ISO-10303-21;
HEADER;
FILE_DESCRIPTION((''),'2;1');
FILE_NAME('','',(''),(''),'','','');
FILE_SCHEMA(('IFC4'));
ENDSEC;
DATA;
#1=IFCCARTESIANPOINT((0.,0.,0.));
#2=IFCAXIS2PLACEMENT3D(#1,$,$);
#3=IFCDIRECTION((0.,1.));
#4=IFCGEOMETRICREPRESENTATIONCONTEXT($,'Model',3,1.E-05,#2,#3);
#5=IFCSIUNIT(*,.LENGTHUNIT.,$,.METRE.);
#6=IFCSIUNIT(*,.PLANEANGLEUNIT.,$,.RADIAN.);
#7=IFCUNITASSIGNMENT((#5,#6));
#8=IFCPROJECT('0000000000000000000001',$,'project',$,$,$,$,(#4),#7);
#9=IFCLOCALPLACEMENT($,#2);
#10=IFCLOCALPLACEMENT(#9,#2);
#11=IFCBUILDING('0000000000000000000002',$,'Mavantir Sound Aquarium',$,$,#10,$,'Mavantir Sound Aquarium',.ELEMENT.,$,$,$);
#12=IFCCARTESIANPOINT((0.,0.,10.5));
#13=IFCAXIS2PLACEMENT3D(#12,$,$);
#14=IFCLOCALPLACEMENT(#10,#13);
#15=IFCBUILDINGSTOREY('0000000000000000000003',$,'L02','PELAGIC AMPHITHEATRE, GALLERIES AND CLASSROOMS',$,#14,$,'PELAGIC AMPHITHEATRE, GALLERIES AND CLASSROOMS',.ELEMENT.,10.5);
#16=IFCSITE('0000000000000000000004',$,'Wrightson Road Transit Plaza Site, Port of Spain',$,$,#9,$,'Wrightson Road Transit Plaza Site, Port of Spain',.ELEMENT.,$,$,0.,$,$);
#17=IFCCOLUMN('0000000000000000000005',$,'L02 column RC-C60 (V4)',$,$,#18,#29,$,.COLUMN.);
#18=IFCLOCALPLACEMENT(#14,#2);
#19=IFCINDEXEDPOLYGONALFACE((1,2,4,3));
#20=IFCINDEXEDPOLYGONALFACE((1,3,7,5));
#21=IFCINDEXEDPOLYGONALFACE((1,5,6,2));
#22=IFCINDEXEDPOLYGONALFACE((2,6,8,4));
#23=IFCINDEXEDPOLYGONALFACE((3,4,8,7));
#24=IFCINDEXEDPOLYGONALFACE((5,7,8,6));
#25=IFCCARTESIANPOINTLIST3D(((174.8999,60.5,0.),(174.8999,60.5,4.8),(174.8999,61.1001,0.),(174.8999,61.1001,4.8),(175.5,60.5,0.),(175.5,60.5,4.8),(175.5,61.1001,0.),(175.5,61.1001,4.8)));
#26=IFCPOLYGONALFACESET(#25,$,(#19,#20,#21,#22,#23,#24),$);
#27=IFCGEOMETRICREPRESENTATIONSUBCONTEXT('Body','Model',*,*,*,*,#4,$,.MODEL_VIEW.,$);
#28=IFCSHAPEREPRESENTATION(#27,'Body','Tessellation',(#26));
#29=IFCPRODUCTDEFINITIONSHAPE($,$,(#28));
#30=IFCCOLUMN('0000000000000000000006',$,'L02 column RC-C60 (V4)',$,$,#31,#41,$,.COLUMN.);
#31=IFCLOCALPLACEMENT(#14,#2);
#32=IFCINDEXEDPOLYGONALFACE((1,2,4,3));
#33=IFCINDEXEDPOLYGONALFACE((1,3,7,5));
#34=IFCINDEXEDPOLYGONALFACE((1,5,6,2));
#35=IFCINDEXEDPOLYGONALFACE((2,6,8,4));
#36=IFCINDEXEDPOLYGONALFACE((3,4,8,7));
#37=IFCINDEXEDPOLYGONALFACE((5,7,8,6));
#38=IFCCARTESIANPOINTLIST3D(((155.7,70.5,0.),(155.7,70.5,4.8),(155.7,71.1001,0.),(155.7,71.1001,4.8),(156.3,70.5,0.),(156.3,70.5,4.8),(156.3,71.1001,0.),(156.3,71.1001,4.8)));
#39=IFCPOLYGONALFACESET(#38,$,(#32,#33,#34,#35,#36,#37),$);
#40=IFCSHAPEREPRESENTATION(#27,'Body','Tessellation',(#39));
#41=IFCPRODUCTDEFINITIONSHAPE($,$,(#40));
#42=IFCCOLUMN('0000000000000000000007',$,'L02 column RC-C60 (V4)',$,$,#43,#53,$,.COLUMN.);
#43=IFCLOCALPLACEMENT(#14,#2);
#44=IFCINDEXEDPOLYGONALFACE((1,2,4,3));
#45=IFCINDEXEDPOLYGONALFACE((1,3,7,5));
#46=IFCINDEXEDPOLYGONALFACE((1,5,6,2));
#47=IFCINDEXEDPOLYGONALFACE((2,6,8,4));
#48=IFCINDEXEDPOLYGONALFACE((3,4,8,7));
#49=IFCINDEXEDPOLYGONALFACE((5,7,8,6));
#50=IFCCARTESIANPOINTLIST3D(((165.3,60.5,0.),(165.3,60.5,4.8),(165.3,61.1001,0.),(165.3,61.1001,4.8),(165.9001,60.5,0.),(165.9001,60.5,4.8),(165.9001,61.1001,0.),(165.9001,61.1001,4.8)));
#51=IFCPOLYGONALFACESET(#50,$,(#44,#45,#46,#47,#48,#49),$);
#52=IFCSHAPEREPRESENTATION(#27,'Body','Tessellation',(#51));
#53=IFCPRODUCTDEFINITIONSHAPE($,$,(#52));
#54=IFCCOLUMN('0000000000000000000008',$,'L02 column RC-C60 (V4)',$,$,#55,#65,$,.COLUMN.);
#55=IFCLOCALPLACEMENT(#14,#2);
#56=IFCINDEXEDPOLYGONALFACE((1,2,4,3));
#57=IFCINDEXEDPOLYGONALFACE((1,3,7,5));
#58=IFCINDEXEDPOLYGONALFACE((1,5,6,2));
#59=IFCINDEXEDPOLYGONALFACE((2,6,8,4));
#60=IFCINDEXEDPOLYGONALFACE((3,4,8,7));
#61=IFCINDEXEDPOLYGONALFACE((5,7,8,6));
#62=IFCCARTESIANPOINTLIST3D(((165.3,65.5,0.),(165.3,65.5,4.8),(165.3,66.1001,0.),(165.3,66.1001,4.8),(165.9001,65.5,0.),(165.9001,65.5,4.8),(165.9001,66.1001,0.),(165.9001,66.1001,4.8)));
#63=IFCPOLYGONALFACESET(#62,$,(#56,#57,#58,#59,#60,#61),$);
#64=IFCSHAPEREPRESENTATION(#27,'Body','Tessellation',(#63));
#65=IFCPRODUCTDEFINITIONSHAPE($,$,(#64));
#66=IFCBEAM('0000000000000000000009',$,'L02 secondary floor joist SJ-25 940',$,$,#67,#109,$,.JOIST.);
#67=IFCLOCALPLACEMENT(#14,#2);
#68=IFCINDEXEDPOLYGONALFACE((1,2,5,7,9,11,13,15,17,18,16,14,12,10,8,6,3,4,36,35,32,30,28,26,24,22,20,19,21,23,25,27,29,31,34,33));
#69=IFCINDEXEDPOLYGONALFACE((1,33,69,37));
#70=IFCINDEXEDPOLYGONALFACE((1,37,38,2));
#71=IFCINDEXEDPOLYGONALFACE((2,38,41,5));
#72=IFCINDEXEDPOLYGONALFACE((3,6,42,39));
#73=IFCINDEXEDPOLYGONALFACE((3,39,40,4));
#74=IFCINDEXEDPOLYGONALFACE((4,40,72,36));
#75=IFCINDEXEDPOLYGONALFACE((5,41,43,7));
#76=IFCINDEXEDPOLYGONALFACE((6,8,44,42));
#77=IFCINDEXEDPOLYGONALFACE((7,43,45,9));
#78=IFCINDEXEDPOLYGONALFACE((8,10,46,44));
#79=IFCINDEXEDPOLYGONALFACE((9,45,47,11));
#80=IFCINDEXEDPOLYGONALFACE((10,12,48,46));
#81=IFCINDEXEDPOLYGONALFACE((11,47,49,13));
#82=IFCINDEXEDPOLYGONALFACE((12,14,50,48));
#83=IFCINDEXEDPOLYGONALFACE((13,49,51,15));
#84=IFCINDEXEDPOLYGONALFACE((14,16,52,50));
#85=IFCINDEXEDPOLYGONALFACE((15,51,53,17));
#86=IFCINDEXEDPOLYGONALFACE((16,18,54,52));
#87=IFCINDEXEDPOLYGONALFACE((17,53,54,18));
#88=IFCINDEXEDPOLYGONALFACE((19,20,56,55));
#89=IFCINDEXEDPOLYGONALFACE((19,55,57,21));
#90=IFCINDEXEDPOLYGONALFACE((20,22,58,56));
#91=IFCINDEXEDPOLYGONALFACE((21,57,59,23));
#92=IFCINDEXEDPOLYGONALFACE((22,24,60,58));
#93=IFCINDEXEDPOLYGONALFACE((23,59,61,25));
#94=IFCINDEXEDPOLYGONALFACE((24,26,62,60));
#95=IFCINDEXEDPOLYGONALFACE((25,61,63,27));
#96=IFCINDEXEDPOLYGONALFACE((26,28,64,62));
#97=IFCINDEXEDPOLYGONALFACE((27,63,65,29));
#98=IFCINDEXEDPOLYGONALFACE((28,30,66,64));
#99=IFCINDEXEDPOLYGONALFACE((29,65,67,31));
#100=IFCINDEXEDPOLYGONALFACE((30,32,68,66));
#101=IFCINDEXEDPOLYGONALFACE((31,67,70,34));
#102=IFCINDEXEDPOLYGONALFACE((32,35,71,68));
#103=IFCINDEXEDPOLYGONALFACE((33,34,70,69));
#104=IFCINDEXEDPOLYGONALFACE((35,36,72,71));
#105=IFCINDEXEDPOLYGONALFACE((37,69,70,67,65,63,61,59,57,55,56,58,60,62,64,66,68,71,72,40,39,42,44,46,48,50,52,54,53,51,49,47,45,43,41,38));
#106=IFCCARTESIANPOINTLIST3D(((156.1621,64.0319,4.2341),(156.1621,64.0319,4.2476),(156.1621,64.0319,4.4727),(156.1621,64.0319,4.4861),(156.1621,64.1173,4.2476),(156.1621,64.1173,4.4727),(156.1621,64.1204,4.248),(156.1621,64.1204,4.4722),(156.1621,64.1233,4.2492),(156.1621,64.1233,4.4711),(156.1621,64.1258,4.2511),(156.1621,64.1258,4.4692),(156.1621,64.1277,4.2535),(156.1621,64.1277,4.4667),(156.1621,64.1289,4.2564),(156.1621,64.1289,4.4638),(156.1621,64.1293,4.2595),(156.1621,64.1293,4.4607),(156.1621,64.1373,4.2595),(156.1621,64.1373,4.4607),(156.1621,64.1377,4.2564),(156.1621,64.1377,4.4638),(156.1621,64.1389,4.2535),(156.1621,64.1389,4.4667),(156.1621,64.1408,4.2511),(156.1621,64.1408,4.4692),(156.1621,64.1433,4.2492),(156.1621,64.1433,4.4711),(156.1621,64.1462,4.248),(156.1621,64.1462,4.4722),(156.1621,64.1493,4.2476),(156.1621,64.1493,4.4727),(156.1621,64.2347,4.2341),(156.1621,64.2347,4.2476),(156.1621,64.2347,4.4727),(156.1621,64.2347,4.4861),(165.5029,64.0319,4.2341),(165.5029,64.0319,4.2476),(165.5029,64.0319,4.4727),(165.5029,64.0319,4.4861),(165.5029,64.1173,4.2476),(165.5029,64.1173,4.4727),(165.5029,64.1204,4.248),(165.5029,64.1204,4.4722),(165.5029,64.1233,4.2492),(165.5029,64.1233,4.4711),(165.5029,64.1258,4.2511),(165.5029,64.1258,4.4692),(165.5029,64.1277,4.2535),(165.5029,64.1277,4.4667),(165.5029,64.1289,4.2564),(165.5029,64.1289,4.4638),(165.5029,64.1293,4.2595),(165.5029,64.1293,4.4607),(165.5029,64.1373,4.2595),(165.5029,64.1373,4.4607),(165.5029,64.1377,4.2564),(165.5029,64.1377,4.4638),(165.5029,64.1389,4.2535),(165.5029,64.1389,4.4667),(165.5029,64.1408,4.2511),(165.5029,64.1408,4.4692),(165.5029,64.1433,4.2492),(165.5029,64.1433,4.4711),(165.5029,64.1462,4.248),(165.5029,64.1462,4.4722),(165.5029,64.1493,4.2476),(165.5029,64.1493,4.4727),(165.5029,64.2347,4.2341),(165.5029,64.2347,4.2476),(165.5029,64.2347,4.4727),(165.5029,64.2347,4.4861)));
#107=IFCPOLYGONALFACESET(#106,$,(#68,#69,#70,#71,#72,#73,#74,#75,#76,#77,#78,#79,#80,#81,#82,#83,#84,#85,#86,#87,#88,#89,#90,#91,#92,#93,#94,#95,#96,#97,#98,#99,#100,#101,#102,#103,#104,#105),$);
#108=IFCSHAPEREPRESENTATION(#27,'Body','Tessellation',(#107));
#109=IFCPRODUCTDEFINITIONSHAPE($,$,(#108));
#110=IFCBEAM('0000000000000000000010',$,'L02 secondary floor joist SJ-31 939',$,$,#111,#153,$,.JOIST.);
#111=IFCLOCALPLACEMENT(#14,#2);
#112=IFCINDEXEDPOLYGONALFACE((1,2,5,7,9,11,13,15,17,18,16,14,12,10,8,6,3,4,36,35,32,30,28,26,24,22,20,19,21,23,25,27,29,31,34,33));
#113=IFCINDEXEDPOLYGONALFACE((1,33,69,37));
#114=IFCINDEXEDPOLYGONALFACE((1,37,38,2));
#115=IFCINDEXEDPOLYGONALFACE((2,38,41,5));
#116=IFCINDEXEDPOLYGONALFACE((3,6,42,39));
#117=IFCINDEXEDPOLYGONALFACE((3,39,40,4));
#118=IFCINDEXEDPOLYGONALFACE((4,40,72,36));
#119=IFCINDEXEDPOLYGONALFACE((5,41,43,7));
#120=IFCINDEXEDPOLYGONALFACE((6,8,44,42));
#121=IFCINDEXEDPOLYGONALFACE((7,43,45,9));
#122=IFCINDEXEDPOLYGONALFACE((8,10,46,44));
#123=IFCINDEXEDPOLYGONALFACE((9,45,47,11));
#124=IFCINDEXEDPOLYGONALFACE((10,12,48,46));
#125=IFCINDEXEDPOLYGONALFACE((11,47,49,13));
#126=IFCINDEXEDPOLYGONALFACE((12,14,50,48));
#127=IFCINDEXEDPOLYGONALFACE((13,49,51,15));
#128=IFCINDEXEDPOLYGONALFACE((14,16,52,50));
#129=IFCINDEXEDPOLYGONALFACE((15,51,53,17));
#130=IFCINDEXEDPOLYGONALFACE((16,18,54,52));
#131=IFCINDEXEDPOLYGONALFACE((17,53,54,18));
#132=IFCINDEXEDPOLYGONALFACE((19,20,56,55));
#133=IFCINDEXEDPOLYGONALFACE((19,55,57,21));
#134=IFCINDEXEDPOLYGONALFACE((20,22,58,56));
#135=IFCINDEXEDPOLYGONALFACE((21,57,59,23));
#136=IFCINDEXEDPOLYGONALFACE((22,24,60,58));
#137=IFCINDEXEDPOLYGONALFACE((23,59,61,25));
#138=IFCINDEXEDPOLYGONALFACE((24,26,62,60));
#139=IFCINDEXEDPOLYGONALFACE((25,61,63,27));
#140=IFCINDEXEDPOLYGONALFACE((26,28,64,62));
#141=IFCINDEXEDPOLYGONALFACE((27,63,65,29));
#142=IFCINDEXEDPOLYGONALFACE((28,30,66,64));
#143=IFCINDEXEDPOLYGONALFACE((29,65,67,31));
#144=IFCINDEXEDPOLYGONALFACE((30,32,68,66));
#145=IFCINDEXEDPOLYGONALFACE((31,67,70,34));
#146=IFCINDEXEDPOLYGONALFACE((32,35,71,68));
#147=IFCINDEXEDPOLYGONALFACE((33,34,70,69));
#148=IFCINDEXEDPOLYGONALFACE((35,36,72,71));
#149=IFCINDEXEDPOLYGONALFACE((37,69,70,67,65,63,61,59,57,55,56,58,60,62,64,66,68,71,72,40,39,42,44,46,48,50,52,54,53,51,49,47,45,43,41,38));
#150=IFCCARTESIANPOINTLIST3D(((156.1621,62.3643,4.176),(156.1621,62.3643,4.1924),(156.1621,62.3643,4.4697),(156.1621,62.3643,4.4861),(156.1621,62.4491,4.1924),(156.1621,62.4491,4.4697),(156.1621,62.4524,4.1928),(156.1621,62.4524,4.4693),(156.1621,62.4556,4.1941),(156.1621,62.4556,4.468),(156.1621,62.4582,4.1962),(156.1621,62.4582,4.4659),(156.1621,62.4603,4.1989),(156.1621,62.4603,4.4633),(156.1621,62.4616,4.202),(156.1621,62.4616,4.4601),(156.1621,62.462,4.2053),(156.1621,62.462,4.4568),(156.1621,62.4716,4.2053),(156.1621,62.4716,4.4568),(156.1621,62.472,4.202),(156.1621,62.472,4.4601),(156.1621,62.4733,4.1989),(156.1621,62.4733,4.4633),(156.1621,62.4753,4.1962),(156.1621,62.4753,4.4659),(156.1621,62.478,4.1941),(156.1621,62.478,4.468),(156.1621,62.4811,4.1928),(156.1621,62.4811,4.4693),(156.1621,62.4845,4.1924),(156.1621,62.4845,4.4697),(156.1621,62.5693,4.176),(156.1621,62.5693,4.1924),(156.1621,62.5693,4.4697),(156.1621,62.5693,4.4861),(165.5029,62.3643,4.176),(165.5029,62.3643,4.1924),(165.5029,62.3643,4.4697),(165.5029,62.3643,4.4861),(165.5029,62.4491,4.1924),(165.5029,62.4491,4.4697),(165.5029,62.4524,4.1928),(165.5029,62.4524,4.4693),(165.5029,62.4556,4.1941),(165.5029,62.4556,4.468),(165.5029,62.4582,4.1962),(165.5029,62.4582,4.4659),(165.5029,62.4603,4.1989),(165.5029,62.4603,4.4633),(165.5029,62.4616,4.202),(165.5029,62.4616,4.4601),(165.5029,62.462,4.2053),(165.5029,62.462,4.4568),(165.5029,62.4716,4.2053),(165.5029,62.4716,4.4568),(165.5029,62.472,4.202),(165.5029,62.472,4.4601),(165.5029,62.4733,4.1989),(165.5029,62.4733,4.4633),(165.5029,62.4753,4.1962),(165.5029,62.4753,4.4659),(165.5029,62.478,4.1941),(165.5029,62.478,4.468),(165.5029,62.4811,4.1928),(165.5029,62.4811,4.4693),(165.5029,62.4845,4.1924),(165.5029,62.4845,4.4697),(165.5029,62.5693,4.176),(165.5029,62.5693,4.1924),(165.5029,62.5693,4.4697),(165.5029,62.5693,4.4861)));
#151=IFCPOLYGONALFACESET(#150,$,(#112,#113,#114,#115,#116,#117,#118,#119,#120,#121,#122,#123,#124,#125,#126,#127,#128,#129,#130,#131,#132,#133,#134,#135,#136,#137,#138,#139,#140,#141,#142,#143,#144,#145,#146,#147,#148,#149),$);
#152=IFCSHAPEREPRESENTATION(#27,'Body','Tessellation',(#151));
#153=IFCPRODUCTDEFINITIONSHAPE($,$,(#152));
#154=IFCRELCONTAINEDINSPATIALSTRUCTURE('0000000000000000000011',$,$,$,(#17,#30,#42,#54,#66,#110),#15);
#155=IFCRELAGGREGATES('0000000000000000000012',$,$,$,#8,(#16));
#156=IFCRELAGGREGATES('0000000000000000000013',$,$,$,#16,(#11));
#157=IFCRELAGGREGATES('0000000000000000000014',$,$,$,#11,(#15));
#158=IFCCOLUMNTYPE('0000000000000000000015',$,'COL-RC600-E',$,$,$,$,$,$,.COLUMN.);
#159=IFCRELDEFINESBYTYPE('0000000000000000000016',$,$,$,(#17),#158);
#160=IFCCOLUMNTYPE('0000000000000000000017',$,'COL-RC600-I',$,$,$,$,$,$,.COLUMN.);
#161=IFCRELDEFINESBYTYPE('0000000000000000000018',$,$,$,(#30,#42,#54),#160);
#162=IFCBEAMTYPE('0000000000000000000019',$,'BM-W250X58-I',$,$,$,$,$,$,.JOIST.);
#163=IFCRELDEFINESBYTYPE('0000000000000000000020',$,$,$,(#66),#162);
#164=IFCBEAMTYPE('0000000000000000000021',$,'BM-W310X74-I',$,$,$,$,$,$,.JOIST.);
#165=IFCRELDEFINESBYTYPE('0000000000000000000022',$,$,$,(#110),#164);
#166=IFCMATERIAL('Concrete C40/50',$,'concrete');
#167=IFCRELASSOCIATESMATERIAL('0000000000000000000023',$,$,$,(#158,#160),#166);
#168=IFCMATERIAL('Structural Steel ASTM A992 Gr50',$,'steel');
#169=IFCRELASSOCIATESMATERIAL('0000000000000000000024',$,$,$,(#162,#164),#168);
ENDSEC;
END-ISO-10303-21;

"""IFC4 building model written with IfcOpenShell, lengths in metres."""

from ifc_helpers import new_model, si_unit, direction, frame, origin, origin_2d, place, context, subcontext, project, spatial, rectangle, i_section, extrude, material, material_profile, profile_set, type_object, element, save


model = new_model("IFC4")

# Units and contexts
model_context = context("Model", 3, precision=1e-05, world=origin(), true_north=direction((0.0, 1.0)))
body_context = subcontext(model_context, "Body", "Model", "MODEL_VIEW")
ifc_project = project(units=[si_unit("LENGTHUNIT", "METRE"), si_unit("PLANEANGLEUNIT", "RADIAN")], contexts=[model_context])

# Site, building, storey
site_placement = place(None, origin())
site = spatial("IfcSite", under=ifc_project, at=site_placement, Name="Wrightson Road Transit Plaza Site, Port of Spain", LongName="Wrightson Road Transit Plaza Site, Port of Spain", CompositionType="ELEMENT", RefElevation=0.0)
building_placement = place(site_placement, origin())
building = spatial("IfcBuilding", under=site, at=building_placement, Name="Mavantir Sound Aquarium", LongName="Mavantir Sound Aquarium", CompositionType="ELEMENT")
storey_placement = place(building_placement, frame((0.0, 0.0, 10.5)))
storey = spatial("IfcBuildingStorey", under=building, at=storey_placement, Name="L02", Description="PELAGIC AMPHITHEATRE, GALLERIES AND CLASSROOMS", LongName="PELAGIC AMPHITHEATRE, GALLERIES AND CLASSROOMS", CompositionType="ELEMENT", Elevation=10.5)

# Columns
ifc_material_1 = material(Name="Concrete C40/50", Category="concrete")
ifc_material_profile_1 = material_profile(ifc_material_1, rectangle(XDim=0.6001, YDim=0.6001, at=origin_2d()), Name="RC 600X600")
ifc_profile_set_1 = profile_set([ifc_material_profile_1], Name="Concrete C40/50")
column_type_1 = type_object("IfcColumnType", Name="COL-RC600-E", PredefinedType="COLUMN", material=ifc_profile_set_1)
column_placement = place(storey_placement, frame((175.2, 60.8, 0.0), z_axis=(0.0, 0.0, 1.0), x_axis=(1.0, 0.0, 0.0)))
element("IfcColumn", 1, at=column_placement, inside=storey, type_object=column_type_1, Name="L02 column RC-C60 (V4)", PredefinedType="COLUMN", context=body_context, shape_type="SweptSolid", body=[
    extrude(rectangle(XDim=0.6001, YDim=0.6001, at=origin_2d()), origin(), (0.0, 0.0, 1.0), 4.8),
])
ifc_material_profile_2 = material_profile(ifc_material_1, rectangle(XDim=0.6001, YDim=0.6001, at=origin_2d()), Name="RC 600X600")
ifc_profile_set_2 = profile_set([ifc_material_profile_2], Name="Concrete C40/50")
column_type_2 = type_object("IfcColumnType", Name="COL-RC600-I", PredefinedType="COLUMN", material=ifc_profile_set_2)
for number, where, z_axis, x_axis, name in (
    (2, (156.0, 70.8, 0.0), (0.0, 0.0, 1.0), (1.0, 0.0, 0.0), "L02 column RC-C60 (V4)"),
    (3, (165.6001, 60.8, 0.0), (0.0, 0.0, 1.0), (1.0, 0.0, 0.0), "L02 column RC-C60 (V4)"),
    (4, (165.6001, 65.8, 0.0), (0.0, 0.0, 1.0), (1.0, 0.0, 0.0), "L02 column RC-C60 (V4)"),
):
    element("IfcColumn", number, at=place(storey_placement, frame(where, z_axis=z_axis, x_axis=x_axis)), inside=storey, type_object=column_type_2, Name=name, PredefinedType="COLUMN", context=body_context, shape_type="SweptSolid", body=[
        extrude(rectangle(XDim=0.6001, YDim=0.6001, at=origin_2d()), origin(), (0.0, 0.0, 1.0), 4.8),
    ])

# Beams
ifc_material_2 = material(Name="Structural Steel ASTM A992 Gr50", Category="steel")
ifc_material_profile_3 = material_profile(ifc_material_2, i_section(OverallWidth=0.2029, OverallDepth=0.252, WebThickness=0.0081, FlangeThickness=0.0134, FilletRadius=0.012, at=origin_2d()), Name="W250X58")
ifc_profile_set_3 = profile_set([ifc_material_profile_3], Name="Structural Steel ASTM A992 Gr50")
beam_type_1 = type_object("IfcBeamType", Name="BM-W250X58-I", PredefinedType="JOIST", material=ifc_profile_set_3)
beam_1_placement = place(storey_placement, frame((156.1621, 64.1333, 4.3601), z_axis=(1.0, 0.0, 0.0), x_axis=(0.0, 1.0, 0.0)))
element("IfcBeam", 5, at=beam_1_placement, inside=storey, type_object=beam_type_1, Name="L02 secondary floor joist SJ-25 940", PredefinedType="JOIST", context=body_context, shape_type="SweptSolid", body=[
    extrude(i_section(OverallWidth=0.2029, OverallDepth=0.252, WebThickness=0.0081, FlangeThickness=0.0134, FilletRadius=0.012, at=origin_2d()), origin(), (0.0, 0.0, 1.0), 9.3408),
])
ifc_material_profile_4 = material_profile(ifc_material_2, i_section(OverallWidth=0.2051, OverallDepth=0.3101, WebThickness=0.0095, FlangeThickness=0.0164, FilletRadius=0.0129, at=origin_2d()), Name="W310X74")
ifc_profile_set_4 = profile_set([ifc_material_profile_4], Name="Structural Steel ASTM A992 Gr50")
beam_type_2 = type_object("IfcBeamType", Name="BM-W310X74-I", PredefinedType="JOIST", material=ifc_profile_set_4)
beam_2_placement = place(storey_placement, frame((156.1621, 62.4668, 4.3311), z_axis=(1.0, 0.0, 0.0), x_axis=(0.0, 1.0, 0.0)))
element("IfcBeam", 6, at=beam_2_placement, inside=storey, type_object=beam_type_2, Name="L02 secondary floor joist SJ-31 939", PredefinedType="JOIST", context=body_context, shape_type="SweptSolid", body=[
    extrude(i_section(OverallWidth=0.2051, OverallDepth=0.3101, WebThickness=0.0095, FlangeThickness=0.0164, FilletRadius=0.0129, at=origin_2d()), origin(), (0.0, 0.0, 1.0), 9.3408),
])

save(model, "model.ifc")
